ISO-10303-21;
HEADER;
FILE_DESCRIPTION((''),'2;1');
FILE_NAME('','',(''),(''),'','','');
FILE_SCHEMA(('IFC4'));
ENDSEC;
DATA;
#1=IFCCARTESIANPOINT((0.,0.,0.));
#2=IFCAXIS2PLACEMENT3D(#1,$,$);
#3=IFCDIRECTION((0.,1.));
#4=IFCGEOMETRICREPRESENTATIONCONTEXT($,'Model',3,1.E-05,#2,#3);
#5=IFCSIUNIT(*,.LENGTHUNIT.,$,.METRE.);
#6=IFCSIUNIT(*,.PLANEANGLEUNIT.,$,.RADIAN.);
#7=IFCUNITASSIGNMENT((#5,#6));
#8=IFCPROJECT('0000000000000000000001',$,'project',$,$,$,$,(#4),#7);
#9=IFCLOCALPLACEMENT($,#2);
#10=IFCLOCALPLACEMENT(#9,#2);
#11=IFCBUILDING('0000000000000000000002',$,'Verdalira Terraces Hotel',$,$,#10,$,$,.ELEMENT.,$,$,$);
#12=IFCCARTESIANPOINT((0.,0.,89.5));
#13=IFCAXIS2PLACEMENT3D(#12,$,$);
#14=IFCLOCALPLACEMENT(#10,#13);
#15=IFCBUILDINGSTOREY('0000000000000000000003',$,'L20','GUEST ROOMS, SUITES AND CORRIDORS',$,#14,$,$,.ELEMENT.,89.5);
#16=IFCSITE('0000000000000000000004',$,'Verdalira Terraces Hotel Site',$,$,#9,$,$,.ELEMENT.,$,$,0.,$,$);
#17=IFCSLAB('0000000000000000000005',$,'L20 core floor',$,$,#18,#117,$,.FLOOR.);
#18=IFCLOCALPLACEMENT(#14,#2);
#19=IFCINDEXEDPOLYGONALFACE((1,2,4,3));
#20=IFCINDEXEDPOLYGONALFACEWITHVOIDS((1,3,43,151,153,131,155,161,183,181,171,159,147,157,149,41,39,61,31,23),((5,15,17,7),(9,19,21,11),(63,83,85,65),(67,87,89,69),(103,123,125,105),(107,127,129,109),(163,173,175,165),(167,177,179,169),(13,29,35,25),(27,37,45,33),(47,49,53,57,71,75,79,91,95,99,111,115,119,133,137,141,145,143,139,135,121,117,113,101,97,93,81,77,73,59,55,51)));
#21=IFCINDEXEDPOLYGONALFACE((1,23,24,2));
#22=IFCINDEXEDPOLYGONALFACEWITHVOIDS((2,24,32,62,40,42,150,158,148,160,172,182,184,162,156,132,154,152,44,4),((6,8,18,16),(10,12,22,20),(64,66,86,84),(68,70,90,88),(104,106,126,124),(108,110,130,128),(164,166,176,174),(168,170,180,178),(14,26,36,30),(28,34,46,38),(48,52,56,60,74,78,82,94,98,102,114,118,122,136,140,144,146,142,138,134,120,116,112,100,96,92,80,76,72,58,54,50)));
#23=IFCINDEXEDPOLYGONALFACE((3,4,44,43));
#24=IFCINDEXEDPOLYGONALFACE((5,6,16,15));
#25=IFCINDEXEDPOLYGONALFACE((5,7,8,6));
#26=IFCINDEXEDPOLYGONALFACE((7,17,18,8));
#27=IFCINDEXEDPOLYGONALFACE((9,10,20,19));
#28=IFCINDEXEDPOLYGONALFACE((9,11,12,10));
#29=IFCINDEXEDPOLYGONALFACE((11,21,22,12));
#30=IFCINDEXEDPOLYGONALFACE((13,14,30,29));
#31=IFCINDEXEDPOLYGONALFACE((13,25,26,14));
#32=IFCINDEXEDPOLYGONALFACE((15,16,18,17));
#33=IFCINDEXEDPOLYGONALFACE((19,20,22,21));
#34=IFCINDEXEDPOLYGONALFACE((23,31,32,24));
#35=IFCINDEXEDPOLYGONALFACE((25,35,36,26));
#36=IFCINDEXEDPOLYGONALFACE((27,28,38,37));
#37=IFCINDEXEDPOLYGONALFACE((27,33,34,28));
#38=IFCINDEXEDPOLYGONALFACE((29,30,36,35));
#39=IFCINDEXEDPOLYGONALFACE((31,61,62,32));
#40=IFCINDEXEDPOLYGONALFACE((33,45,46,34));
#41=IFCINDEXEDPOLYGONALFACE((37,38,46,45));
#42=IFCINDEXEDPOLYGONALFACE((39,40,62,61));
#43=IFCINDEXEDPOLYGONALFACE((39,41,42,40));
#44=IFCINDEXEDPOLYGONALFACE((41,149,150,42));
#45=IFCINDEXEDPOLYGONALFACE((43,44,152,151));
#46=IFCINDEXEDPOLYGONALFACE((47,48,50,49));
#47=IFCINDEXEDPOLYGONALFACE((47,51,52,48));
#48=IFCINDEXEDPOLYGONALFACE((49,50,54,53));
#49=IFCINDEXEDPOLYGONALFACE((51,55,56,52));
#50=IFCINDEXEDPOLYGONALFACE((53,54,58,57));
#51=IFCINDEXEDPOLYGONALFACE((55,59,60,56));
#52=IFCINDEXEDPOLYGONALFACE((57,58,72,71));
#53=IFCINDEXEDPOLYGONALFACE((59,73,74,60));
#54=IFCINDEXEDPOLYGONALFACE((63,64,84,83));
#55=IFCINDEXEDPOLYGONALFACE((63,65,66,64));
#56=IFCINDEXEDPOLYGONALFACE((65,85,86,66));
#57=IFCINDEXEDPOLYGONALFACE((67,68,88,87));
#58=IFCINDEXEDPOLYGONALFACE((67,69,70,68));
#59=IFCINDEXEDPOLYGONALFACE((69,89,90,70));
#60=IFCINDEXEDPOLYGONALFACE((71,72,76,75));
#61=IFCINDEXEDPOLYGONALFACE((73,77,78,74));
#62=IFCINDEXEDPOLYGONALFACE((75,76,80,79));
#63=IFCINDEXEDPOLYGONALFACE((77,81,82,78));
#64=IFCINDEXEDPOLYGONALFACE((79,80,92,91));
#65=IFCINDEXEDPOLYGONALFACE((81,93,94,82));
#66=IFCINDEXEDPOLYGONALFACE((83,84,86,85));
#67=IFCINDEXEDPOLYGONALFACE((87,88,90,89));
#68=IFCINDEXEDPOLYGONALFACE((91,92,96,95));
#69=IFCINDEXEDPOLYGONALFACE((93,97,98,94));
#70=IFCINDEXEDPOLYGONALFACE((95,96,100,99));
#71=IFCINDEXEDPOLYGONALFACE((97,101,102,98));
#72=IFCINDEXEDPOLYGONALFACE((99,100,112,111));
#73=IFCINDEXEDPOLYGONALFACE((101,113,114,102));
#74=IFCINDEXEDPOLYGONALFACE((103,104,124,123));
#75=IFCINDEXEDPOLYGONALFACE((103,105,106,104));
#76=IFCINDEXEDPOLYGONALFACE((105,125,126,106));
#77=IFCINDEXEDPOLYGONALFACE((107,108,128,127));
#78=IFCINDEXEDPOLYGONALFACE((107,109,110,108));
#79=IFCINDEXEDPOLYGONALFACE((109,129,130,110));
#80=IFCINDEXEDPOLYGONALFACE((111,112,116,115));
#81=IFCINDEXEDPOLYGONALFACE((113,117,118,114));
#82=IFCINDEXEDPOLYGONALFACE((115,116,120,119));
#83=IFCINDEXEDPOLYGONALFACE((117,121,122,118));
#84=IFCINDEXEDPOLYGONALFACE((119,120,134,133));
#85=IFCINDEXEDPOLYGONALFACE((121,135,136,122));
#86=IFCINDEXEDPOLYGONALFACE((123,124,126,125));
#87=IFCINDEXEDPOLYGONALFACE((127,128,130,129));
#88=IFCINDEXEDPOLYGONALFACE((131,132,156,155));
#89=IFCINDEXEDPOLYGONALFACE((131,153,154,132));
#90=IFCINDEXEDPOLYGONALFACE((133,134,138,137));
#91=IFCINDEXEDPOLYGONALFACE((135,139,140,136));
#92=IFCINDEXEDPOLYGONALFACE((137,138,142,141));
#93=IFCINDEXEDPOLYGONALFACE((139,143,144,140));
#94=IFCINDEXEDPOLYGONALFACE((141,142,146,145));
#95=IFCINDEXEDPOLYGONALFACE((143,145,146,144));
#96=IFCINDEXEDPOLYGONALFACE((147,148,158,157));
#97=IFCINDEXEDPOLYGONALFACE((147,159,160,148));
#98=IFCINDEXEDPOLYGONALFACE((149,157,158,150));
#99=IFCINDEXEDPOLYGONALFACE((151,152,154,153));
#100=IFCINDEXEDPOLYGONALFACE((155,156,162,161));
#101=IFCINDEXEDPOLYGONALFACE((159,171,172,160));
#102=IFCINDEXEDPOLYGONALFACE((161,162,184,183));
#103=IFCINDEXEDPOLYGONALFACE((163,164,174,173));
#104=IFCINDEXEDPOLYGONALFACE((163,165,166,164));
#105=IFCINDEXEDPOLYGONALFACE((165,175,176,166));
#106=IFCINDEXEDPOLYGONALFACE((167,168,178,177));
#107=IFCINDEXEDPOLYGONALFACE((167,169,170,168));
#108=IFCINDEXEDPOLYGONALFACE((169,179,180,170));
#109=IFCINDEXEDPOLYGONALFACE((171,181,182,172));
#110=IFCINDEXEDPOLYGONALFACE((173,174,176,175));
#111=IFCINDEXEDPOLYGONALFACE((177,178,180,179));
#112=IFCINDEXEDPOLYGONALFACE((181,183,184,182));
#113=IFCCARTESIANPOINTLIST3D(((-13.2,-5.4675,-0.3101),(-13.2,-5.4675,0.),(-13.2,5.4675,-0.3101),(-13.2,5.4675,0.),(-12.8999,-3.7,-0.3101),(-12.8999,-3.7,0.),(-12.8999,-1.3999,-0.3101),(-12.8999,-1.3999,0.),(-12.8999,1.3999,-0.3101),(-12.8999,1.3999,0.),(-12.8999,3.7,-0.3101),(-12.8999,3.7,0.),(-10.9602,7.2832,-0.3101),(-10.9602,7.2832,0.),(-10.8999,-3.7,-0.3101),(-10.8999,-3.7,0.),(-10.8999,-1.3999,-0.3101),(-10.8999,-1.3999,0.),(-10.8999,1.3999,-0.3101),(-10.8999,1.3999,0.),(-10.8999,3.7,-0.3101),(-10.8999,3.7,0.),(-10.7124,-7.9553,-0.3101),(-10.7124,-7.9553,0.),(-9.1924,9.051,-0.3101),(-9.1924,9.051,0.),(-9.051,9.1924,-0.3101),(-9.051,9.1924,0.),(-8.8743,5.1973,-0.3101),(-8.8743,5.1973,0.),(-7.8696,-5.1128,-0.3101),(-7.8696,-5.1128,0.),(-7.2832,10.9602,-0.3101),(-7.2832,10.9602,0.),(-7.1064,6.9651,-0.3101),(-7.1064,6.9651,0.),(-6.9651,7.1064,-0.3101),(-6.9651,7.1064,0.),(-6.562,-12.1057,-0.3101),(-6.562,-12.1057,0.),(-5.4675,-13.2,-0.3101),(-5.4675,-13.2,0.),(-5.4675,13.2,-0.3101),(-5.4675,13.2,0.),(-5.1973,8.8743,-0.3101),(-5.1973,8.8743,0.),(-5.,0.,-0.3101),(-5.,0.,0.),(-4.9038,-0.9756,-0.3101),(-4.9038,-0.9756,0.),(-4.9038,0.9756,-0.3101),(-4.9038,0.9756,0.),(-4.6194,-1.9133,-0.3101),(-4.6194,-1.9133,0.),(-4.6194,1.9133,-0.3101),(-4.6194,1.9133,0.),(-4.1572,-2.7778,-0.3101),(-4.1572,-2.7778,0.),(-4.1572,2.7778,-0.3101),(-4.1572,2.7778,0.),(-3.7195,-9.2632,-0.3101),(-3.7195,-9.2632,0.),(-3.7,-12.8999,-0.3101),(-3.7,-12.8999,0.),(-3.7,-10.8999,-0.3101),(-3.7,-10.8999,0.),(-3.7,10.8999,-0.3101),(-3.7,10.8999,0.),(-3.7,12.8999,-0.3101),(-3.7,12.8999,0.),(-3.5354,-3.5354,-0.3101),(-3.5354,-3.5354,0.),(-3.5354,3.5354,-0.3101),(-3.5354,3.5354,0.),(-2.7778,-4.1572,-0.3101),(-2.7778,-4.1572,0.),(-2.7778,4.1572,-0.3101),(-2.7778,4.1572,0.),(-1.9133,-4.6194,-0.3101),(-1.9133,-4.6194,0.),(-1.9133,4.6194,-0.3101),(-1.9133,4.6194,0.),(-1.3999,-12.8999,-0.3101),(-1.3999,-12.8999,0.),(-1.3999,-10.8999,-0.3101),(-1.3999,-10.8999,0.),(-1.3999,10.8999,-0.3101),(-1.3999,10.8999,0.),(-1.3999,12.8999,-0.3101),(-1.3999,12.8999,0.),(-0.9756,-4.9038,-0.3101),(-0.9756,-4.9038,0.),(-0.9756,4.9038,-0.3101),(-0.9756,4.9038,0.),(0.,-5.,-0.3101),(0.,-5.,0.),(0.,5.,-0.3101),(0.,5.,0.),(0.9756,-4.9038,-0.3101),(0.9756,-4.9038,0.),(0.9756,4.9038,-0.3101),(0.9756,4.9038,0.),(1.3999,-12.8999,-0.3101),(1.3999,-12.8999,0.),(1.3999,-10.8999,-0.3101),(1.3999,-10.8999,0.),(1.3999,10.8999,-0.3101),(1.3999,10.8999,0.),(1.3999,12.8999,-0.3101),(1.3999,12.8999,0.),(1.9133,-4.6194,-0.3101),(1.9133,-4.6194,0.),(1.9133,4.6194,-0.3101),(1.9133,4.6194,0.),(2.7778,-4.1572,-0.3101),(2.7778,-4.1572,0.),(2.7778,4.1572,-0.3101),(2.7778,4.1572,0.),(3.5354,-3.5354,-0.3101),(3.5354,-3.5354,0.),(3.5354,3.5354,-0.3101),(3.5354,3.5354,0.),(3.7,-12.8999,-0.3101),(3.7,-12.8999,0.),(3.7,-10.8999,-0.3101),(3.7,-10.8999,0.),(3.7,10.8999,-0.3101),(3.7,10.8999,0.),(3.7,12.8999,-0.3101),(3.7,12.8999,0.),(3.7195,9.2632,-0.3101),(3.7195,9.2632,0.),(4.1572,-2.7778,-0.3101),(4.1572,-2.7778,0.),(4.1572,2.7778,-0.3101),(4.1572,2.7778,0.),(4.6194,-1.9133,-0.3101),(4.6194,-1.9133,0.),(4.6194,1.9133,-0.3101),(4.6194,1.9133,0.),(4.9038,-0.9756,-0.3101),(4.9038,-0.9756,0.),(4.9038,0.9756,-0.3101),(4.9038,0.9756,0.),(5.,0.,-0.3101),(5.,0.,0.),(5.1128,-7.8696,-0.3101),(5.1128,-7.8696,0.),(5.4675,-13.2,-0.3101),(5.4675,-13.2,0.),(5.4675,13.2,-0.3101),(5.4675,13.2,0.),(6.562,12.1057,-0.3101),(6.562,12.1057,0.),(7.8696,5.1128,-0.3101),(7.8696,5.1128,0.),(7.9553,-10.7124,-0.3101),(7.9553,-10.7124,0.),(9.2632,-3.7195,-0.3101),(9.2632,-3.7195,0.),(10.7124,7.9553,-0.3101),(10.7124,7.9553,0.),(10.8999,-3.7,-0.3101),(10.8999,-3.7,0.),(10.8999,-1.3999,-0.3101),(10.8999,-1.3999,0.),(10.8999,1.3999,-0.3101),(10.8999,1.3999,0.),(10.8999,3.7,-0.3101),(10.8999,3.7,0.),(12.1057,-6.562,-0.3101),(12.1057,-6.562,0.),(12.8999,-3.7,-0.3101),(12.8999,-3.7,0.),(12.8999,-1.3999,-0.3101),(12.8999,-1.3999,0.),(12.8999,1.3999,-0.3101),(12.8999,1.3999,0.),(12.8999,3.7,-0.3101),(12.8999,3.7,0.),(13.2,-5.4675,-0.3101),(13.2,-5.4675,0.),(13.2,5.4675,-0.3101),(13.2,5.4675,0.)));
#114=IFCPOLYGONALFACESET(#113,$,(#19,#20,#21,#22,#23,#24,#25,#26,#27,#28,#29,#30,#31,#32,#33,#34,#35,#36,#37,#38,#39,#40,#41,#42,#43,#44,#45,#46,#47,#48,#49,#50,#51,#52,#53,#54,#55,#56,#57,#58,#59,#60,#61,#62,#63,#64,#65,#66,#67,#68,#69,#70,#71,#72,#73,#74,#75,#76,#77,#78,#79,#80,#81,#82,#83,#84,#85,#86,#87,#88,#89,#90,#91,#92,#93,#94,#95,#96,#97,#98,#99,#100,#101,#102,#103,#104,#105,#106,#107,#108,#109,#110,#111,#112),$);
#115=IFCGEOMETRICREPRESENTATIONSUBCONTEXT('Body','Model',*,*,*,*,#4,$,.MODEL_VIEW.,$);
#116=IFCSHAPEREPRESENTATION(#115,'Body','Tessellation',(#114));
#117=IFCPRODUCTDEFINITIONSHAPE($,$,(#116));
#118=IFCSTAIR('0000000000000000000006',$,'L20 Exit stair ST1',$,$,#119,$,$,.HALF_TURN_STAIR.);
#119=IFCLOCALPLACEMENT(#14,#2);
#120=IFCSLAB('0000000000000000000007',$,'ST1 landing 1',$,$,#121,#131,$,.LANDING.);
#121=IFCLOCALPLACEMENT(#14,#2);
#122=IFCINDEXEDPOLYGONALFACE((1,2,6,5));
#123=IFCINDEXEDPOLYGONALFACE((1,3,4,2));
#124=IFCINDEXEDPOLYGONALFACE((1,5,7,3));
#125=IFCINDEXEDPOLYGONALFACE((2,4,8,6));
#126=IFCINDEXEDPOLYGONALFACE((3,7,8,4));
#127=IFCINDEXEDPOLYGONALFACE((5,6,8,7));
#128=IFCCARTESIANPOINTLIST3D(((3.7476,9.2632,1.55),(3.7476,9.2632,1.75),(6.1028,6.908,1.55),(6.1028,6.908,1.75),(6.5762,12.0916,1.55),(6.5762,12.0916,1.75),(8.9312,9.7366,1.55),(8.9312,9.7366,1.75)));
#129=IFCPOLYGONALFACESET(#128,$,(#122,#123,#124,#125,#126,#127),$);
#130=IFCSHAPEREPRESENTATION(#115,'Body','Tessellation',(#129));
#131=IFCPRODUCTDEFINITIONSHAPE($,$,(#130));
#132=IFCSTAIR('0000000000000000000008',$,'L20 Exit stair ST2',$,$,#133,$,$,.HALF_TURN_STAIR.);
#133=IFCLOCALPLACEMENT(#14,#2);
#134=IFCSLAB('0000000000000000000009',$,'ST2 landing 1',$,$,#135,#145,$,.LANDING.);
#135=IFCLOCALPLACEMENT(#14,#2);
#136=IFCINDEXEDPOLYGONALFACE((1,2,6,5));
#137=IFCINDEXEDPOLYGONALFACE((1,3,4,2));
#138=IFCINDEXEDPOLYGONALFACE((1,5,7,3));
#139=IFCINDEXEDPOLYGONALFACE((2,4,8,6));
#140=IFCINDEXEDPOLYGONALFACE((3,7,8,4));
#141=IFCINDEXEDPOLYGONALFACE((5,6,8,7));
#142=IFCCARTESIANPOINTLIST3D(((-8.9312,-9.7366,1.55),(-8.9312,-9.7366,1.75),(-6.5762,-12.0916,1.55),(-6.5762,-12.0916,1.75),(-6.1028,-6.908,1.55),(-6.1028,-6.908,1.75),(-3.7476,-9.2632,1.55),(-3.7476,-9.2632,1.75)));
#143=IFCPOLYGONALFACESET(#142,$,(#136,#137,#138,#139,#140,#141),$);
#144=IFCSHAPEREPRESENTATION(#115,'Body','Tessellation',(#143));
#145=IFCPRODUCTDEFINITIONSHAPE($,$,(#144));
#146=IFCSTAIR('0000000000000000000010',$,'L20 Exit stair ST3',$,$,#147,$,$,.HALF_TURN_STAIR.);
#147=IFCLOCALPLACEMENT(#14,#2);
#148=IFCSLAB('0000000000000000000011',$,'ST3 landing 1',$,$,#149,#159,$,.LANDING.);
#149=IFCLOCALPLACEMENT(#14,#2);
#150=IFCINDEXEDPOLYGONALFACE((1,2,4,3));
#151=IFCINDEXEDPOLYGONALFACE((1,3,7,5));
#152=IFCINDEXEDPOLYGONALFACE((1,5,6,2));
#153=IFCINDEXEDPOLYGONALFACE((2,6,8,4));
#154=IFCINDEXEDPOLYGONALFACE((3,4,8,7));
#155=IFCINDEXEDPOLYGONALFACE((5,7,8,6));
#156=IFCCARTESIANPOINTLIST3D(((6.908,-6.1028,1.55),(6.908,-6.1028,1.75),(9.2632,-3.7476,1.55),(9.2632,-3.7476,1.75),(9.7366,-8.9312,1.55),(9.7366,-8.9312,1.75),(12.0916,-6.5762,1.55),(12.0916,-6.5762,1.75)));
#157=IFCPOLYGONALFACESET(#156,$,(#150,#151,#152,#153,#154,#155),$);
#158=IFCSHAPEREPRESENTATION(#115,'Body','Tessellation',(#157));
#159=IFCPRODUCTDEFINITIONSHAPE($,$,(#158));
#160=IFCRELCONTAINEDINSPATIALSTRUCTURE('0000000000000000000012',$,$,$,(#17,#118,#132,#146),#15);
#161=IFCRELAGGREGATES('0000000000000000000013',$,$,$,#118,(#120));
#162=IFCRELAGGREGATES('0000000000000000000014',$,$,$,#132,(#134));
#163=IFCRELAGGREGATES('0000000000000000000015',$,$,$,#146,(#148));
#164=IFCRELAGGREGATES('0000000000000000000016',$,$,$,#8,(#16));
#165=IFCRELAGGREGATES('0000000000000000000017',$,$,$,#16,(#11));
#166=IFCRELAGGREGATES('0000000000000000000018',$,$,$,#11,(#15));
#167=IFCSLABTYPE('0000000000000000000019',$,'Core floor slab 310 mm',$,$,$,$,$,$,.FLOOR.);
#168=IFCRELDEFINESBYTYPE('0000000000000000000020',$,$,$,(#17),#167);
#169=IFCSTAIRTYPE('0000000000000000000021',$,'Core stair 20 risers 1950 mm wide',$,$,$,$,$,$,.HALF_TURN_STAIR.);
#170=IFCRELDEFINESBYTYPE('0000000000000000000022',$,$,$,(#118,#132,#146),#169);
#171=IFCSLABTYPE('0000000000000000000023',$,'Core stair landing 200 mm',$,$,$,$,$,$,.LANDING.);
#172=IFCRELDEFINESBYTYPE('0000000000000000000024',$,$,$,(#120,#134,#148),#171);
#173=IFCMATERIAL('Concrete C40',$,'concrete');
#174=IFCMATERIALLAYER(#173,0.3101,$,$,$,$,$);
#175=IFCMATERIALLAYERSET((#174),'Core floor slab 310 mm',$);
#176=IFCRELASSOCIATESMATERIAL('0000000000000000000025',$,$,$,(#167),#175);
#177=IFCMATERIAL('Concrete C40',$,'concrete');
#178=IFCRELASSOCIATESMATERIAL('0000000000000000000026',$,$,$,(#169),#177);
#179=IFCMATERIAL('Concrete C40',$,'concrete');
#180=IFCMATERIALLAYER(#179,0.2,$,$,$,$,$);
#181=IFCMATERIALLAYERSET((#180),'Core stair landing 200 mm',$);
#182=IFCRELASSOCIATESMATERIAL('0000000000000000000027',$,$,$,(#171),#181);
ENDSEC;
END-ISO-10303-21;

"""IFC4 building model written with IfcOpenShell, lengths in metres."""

from ifc_helpers import new_model, si_unit, direction, frame, origin, place, context, subcontext, project, spatial, polyline, outline, extrude, material, layer, layer_set, type_object, element, aggregate, save


model = new_model("IFC4")

# Units and contexts
model_context = context("Model", 3, precision=1e-05, world=origin(), true_north=direction((0.0, 1.0)))
body_context = subcontext(model_context, "Body", "Model", "MODEL_VIEW")
ifc_project = project(units=[si_unit("LENGTHUNIT", "METRE"), si_unit("PLANEANGLEUNIT", "RADIAN")], contexts=[model_context])

# Site, building, storey
site_placement = place(None, origin())
site = spatial("IfcSite", under=ifc_project, at=site_placement, Name="Verdalira Terraces Hotel Site", CompositionType="ELEMENT", RefElevation=0.0)
building_placement = place(site_placement, origin())
building = spatial("IfcBuilding", under=site, at=building_placement, Name="Verdalira Terraces Hotel", CompositionType="ELEMENT")
storey_placement = place(building_placement, frame((0.0, 0.0, 89.5)))
storey = spatial("IfcBuildingStorey", under=building, at=storey_placement, Name="L20", Description="GUEST ROOMS, SUITES AND CORRIDORS", CompositionType="ELEMENT", Elevation=89.5)

# Slab
ifc_material_1 = material(Name="Concrete C40", Category="concrete")
ifc_layer_1 = layer(ifc_material_1, 0.3101)
ifc_layer_set_1 = layer_set([ifc_layer_1], Name="Core floor slab 310 mm")
slab_type_1 = type_object("IfcSlabType", Name="Core floor slab 310 mm", PredefinedType="FLOOR", material=ifc_layer_set_1)
slab_1_placement = place(storey_placement, frame((0.0, 0.0, -0.3101)))
element("IfcSlab", 1, at=slab_1_placement, inside=storey, type_object=slab_type_1, Name="L20 core floor", PredefinedType="FLOOR", context=body_context, shape_type="SweptSolid", body=[
    extrude(outline(polyline([(-5.4675, 13.2), (5.4675, 13.2), (6.562, 12.1057), (3.7195, 9.2632), (7.8696, 5.1128), (10.7124, 7.9553), (13.2, 5.4675), (13.2, -5.4675), (12.1057, -6.562), (9.2632, -3.7195), (5.1128, -7.8696), (7.9553, -10.7124), (5.4675, -13.2), (-5.4675, -13.2), (-6.562, -12.1057), (-3.7195, -9.2632), (-7.8696, -5.1128), (-10.7124, -7.9553), (-13.2, -5.4675), (-13.2, 5.4675), (-5.4675, 13.2)]), holes=[polyline([(12.8999, -3.7), (12.8999, -1.3999), (10.8999, -1.3999), (10.8999, -3.7), (12.8999, -3.7)]), polyline([(12.8999, 1.3999), (12.8999, 3.7), (10.8999, 3.7), (10.8999, 1.3999), (12.8999, 1.3999)]), polyline([(1.3999, 10.8999), (3.7, 10.8999), (3.7, 12.8999), (1.3999, 12.8999), (1.3999, 10.8999)]), polyline([(-3.7, 10.8999), (-1.3999, 10.8999), (-1.3999, 12.8999), (-3.7, 12.8999), (-3.7, 10.8999)]), polyline([(-12.8999, 3.7), (-12.8999, 1.3999), (-10.8999, 1.3999), (-10.8999, 3.7), (-12.8999, 3.7)]), polyline([(-12.8999, -1.3999), (-12.8999, -3.7), (-10.8999, -3.7), (-10.8999, -1.3999), (-12.8999, -1.3999)]), polyline([(-1.3999, -10.8999), (-3.7, -10.8999), (-3.7, -12.8999), (-1.3999, -12.8999), (-1.3999, -10.8999)]), polyline([(3.7, -10.8999), (1.3999, -10.8999), (1.3999, -12.8999), (3.7, -12.8999), (3.7, -10.8999)]), polyline([(-9.051, 9.1924), (-6.9651, 7.1064), (-5.1973, 8.8743), (-7.2832, 10.9602), (-9.051, 9.1924)]), polyline([(-9.1924, 9.051), (-10.9602, 7.2832), (-8.8743, 5.1973), (-7.1064, 6.9651), (-9.1924, 9.051)]), polyline([(3.5354, 3.5354), (2.7778, 4.1572), (1.9133, 4.6194), (0.9756, 4.9038), (0.0, 5.0), (-0.9756, 4.9038), (-1.9133, 4.6194), (-2.7778, 4.1572), (-3.5354, 3.5354), (-4.1572, 2.7778), (-4.6194, 1.9133), (-4.9038, 0.9756), (-5.0, 0.0), (-4.9038, -0.9756), (-4.6194, -1.9133), (-4.1572, -2.7778), (-3.5354, -3.5354), (-2.7778, -4.1572), (-1.9133, -4.6194), (-0.9756, -4.9038), (0.0, -5.0), (0.9756, -4.9038), (1.9133, -4.6194), (2.7778, -4.1572), (3.5354, -3.5354), (4.1572, -2.7778), (4.6194, -1.9133), (4.9038, -0.9756), (5.0, 0.0), (4.9038, 0.9756), (4.6194, 1.9133), (4.1572, 2.7778), (3.5354, 3.5354)])]), origin(), (0.0, 0.0, 1.0), 0.3101),
])

# Stairs, slabs
ifc_material_2 = material(Name="Concrete C40", Category="concrete")
stair_type = type_object("IfcStairType", Name="Core stair 20 risers 1950 mm wide", PredefinedType="HALF_TURN_STAIR", material=ifc_material_2)
stair_1_placement = place(storey_placement, origin())
stair_1 = element("IfcStair", 2, at=stair_1_placement, inside=storey, type_object=stair_type, Name="L20 Exit stair ST1", PredefinedType="HALF_TURN_STAIR")
ifc_material_3 = material(Name="Concrete C40", Category="concrete")
ifc_layer_2 = layer(ifc_material_3, 0.2)
ifc_layer_set_2 = layer_set([ifc_layer_2], Name="Core stair landing 200 mm")
slab_type_2 = type_object("IfcSlabType", Name="Core stair landing 200 mm", PredefinedType="LANDING", material=ifc_layer_set_2)
slab_2_placement = place(storey_placement, frame((0.0, 0.0, 1.55)))
slab_2 = element("IfcSlab", 3, at=slab_2_placement, type_object=slab_type_2, Name="ST1 landing 1", PredefinedType="LANDING", context=body_context, shape_type="SweptSolid", body=[
    extrude(outline(polyline([(8.9312, 9.7366), (6.5762, 12.0916), (3.7476, 9.2632), (6.1028, 6.908), (8.9312, 9.7366)])), origin(), (0.0, 0.0, 1.0), 0.2),
])
aggregate(stair_1, [slab_2])
stair_2_placement = place(storey_placement, origin())
stair_2 = element("IfcStair", 4, at=stair_2_placement, inside=storey, type_object=stair_type, Name="L20 Exit stair ST2", PredefinedType="HALF_TURN_STAIR")
slab_3_placement = place(storey_placement, frame((0.0, 0.0, 1.55)))
slab_3 = element("IfcSlab", 5, at=slab_3_placement, type_object=slab_type_2, Name="ST2 landing 1", PredefinedType="LANDING", context=body_context, shape_type="SweptSolid", body=[
    extrude(outline(polyline([(-8.9312, -9.7366), (-6.5762, -12.0916), (-3.7476, -9.2632), (-6.1028, -6.908), (-8.9312, -9.7366)])), origin(), (0.0, 0.0, 1.0), 0.2),
])
aggregate(stair_2, [slab_3])
stair_3_placement = place(storey_placement, origin())
stair_3 = element("IfcStair", 6, at=stair_3_placement, inside=storey, type_object=stair_type, Name="L20 Exit stair ST3", PredefinedType="HALF_TURN_STAIR")
slab_4_placement = place(storey_placement, frame((0.0, 0.0, 1.55)))
slab_4 = element("IfcSlab", 7, at=slab_4_placement, type_object=slab_type_2, Name="ST3 landing 1", PredefinedType="LANDING", context=body_context, shape_type="SweptSolid", body=[
    extrude(outline(polyline([(9.7366, -8.9312), (12.0916, -6.5762), (9.2632, -3.7476), (6.908, -6.1028), (9.7366, -8.9312)])), origin(), (0.0, 0.0, 1.0), 0.2),
])
aggregate(stair_3, [slab_4])

save(model, "model.ifc")
